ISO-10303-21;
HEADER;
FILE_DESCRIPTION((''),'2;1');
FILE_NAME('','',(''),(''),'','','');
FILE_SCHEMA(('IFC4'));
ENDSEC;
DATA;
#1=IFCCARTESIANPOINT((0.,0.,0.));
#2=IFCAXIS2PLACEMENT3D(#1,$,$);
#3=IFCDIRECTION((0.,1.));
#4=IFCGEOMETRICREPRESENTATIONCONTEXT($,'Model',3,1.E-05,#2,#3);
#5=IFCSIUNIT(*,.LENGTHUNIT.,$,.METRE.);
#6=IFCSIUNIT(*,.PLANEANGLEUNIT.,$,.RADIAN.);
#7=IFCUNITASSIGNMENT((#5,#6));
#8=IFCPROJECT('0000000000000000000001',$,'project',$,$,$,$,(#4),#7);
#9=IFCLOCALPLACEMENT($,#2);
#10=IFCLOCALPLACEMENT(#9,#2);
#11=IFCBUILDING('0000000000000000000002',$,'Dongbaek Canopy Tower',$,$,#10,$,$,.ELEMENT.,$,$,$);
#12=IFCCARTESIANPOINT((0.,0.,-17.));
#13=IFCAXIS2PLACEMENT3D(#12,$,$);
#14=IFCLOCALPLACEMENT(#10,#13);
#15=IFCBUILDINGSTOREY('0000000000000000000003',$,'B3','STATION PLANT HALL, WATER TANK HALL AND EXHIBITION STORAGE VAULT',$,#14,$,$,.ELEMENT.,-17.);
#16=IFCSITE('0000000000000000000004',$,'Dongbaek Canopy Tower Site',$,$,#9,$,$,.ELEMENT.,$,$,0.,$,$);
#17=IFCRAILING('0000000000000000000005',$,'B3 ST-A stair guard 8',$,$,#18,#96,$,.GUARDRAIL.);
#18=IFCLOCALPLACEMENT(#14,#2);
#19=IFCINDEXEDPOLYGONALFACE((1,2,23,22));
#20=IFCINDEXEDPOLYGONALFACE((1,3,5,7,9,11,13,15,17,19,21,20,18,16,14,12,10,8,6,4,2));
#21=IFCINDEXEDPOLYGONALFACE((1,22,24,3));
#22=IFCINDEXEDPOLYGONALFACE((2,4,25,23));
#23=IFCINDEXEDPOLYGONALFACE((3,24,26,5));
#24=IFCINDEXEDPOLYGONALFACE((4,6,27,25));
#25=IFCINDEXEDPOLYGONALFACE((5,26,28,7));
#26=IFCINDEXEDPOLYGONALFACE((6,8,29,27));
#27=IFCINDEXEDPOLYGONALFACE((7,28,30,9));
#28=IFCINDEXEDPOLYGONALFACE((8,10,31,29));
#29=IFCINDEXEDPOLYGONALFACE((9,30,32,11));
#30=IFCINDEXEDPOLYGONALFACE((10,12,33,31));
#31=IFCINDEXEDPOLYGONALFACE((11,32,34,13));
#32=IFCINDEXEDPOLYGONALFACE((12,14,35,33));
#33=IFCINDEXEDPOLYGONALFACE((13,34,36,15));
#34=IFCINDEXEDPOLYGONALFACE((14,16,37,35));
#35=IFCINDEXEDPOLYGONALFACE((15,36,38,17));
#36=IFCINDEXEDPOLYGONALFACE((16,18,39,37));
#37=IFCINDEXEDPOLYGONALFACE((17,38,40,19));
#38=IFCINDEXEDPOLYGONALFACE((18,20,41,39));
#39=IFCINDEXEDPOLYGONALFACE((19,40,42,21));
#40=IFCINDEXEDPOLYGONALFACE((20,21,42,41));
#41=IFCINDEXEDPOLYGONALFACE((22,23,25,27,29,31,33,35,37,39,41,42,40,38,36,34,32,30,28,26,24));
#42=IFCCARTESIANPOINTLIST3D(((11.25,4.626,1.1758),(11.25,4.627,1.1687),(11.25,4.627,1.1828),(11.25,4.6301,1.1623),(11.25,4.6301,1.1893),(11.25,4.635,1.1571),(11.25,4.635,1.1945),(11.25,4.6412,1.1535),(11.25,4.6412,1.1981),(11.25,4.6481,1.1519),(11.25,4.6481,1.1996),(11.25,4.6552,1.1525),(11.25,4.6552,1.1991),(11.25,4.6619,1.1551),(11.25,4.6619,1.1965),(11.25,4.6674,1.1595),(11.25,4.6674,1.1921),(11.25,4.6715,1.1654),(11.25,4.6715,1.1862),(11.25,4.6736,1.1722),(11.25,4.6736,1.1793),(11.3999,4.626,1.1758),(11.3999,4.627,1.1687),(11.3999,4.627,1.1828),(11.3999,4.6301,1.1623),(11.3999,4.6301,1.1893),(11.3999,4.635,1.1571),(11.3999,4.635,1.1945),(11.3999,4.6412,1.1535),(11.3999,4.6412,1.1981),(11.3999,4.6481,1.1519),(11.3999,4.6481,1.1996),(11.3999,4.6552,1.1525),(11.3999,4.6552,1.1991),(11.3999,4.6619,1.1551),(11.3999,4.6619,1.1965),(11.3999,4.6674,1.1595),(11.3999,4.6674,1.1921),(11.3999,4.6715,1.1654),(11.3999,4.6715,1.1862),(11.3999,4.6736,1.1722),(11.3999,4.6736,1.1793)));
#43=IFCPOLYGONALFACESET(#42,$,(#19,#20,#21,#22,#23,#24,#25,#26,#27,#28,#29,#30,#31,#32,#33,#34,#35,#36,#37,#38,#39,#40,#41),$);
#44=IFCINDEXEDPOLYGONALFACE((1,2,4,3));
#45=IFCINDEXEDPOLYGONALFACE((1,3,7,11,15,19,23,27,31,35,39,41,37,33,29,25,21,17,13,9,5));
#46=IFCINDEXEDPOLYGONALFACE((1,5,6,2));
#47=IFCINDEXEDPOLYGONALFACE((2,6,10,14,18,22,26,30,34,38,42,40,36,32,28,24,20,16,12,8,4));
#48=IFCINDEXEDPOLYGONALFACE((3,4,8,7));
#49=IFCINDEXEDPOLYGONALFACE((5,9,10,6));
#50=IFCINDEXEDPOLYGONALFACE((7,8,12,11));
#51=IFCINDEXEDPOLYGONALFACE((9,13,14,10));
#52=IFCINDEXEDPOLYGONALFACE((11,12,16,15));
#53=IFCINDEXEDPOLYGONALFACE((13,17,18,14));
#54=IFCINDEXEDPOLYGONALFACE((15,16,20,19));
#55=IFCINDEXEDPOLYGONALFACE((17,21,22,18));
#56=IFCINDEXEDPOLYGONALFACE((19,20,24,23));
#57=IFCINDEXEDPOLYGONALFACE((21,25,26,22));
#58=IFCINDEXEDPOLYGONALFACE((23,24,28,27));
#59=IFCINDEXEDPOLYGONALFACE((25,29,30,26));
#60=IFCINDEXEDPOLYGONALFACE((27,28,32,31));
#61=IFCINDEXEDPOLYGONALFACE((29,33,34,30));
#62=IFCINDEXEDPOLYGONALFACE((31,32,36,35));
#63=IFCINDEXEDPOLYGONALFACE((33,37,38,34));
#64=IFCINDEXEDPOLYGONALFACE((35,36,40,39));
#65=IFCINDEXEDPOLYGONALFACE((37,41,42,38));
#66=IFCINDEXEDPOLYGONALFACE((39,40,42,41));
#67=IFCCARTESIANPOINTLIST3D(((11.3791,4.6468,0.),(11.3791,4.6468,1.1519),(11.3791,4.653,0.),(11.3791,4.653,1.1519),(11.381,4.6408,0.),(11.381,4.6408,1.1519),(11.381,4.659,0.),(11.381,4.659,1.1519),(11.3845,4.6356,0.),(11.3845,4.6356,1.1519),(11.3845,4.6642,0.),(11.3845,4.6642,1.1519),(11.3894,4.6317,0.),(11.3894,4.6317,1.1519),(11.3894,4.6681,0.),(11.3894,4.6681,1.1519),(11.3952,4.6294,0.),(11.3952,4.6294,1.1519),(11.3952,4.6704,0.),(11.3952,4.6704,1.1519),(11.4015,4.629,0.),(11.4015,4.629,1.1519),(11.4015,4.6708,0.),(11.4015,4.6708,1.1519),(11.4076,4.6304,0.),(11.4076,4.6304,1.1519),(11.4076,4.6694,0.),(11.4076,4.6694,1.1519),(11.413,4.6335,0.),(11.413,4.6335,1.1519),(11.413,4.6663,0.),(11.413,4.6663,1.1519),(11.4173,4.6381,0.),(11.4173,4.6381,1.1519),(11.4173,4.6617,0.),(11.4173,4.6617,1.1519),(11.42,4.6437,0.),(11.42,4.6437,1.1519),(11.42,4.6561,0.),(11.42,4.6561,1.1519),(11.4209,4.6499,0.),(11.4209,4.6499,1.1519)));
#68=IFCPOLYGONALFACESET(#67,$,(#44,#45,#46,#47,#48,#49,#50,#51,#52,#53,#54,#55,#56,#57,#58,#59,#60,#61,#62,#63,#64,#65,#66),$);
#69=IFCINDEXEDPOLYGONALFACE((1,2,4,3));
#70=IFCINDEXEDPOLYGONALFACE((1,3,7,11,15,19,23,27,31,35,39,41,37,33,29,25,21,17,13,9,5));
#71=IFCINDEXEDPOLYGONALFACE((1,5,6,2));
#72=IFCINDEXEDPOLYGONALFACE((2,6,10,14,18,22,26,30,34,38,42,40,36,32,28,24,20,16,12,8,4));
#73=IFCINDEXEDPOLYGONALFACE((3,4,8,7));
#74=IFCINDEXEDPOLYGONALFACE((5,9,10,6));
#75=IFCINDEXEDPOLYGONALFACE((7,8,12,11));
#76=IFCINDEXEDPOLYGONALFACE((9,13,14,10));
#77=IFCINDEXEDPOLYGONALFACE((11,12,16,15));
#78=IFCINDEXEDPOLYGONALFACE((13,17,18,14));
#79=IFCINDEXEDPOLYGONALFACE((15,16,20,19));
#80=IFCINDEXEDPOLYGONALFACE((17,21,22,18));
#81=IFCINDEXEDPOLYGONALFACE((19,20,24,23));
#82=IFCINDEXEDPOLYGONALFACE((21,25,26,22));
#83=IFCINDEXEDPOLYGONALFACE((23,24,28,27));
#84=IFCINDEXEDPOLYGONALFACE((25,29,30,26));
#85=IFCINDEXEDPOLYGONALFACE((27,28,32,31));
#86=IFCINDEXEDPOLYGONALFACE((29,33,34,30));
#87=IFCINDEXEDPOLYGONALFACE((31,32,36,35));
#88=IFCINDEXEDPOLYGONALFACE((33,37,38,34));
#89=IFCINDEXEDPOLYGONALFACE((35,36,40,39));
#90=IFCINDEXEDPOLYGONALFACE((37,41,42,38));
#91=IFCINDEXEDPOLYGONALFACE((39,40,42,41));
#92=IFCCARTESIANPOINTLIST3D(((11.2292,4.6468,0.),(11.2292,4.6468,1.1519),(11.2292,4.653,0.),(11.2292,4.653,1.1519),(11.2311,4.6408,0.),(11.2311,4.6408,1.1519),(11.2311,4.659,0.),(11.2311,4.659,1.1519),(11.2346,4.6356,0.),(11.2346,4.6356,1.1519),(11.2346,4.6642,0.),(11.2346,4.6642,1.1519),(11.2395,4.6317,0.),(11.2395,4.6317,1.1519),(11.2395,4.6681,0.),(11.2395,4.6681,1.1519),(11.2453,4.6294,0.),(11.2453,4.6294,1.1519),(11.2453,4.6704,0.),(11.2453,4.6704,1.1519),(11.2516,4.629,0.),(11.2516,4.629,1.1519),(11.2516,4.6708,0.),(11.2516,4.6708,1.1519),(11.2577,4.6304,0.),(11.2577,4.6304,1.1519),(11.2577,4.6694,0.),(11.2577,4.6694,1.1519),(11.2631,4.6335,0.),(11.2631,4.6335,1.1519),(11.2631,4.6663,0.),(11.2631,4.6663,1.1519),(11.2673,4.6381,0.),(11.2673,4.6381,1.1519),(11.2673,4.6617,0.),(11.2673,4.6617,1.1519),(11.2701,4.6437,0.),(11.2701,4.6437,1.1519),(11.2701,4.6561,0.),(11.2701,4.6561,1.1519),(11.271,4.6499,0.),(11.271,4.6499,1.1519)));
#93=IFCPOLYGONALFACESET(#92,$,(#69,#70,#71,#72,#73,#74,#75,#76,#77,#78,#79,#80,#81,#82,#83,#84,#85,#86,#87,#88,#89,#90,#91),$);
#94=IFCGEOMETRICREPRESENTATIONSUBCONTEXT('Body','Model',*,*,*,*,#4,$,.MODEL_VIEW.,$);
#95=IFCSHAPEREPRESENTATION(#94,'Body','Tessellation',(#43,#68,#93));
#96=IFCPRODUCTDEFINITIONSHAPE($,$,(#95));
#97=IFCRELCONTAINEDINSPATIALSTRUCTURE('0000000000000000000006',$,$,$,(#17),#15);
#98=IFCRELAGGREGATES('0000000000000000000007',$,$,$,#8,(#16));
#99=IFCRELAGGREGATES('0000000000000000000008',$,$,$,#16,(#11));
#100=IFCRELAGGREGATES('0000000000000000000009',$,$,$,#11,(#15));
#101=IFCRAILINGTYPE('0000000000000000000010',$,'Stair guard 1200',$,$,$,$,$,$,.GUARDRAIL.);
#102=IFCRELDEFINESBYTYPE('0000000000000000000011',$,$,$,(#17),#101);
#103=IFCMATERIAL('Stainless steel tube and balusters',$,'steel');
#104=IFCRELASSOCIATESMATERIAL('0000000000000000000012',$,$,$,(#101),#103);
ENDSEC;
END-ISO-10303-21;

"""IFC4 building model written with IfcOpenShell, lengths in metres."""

from ifc_helpers import new_model, si_unit, direction, frame, origin, origin_2d, place, context, subcontext, project, spatial, circle, extrude, material, type_object, element, save


model = new_model("IFC4")

# Units and contexts
model_context = context("Model", 3, precision=1e-05, world=origin(), true_north=direction((0.0, 1.0)))
body_context = subcontext(model_context, "Body", "Model", "MODEL_VIEW")
ifc_project = project(units=[si_unit("LENGTHUNIT", "METRE"), si_unit("PLANEANGLEUNIT", "RADIAN")], contexts=[model_context])

# Site, building, storey
site_placement = place(None, origin())
site = spatial("IfcSite", under=ifc_project, at=site_placement, Name="Dongbaek Canopy Tower Site", CompositionType="ELEMENT", RefElevation=0.0)
building_placement = place(site_placement, origin())
building = spatial("IfcBuilding", under=site, at=building_placement, Name="Dongbaek Canopy Tower", CompositionType="ELEMENT")
storey_placement = place(building_placement, frame((0.0, 0.0, -17.0)))
storey = spatial("IfcBuildingStorey", under=building, at=storey_placement, Name="B3", Description="STATION PLANT HALL, WATER TANK HALL AND EXHIBITION STORAGE VAULT", CompositionType="ELEMENT", Elevation=-17.0)

# Railing
ifc_material_1 = material(Name="Stainless steel tube and balusters", Category="steel")
railing_type_1 = type_object("IfcRailingType", Name="Stair guard 1200", PredefinedType="GUARDRAIL", material=ifc_material_1)
railing_1_placement = place(storey_placement, frame((11.3999, 4.6499, 0.0)))
element("IfcRailing", 1, at=railing_1_placement, inside=storey, type_object=railing_type_1, Name="B3 ST-A stair guard 8", PredefinedType="GUARDRAIL", context=body_context, shape_type="SweptSolid", body=[
    extrude(circle(Radius=0.0239, at=origin_2d()), frame((0.0, 0.0, 1.1758), z_axis=(-1.0, 0.0, 0.0), x_axis=(0.0, -1.0, 0.0)), (0.0, 0.0, 1.0), 0.1499),
    extrude(circle(Radius=0.021, at=origin_2d()), origin(), (0.0, 0.0, 1.0), 1.1519),
    extrude(circle(Radius=0.021, at=origin_2d()), frame((-0.1499, 0.0, 0.0)), (0.0, 0.0, 1.0), 1.1519),
])

save(model, "model.ifc")
